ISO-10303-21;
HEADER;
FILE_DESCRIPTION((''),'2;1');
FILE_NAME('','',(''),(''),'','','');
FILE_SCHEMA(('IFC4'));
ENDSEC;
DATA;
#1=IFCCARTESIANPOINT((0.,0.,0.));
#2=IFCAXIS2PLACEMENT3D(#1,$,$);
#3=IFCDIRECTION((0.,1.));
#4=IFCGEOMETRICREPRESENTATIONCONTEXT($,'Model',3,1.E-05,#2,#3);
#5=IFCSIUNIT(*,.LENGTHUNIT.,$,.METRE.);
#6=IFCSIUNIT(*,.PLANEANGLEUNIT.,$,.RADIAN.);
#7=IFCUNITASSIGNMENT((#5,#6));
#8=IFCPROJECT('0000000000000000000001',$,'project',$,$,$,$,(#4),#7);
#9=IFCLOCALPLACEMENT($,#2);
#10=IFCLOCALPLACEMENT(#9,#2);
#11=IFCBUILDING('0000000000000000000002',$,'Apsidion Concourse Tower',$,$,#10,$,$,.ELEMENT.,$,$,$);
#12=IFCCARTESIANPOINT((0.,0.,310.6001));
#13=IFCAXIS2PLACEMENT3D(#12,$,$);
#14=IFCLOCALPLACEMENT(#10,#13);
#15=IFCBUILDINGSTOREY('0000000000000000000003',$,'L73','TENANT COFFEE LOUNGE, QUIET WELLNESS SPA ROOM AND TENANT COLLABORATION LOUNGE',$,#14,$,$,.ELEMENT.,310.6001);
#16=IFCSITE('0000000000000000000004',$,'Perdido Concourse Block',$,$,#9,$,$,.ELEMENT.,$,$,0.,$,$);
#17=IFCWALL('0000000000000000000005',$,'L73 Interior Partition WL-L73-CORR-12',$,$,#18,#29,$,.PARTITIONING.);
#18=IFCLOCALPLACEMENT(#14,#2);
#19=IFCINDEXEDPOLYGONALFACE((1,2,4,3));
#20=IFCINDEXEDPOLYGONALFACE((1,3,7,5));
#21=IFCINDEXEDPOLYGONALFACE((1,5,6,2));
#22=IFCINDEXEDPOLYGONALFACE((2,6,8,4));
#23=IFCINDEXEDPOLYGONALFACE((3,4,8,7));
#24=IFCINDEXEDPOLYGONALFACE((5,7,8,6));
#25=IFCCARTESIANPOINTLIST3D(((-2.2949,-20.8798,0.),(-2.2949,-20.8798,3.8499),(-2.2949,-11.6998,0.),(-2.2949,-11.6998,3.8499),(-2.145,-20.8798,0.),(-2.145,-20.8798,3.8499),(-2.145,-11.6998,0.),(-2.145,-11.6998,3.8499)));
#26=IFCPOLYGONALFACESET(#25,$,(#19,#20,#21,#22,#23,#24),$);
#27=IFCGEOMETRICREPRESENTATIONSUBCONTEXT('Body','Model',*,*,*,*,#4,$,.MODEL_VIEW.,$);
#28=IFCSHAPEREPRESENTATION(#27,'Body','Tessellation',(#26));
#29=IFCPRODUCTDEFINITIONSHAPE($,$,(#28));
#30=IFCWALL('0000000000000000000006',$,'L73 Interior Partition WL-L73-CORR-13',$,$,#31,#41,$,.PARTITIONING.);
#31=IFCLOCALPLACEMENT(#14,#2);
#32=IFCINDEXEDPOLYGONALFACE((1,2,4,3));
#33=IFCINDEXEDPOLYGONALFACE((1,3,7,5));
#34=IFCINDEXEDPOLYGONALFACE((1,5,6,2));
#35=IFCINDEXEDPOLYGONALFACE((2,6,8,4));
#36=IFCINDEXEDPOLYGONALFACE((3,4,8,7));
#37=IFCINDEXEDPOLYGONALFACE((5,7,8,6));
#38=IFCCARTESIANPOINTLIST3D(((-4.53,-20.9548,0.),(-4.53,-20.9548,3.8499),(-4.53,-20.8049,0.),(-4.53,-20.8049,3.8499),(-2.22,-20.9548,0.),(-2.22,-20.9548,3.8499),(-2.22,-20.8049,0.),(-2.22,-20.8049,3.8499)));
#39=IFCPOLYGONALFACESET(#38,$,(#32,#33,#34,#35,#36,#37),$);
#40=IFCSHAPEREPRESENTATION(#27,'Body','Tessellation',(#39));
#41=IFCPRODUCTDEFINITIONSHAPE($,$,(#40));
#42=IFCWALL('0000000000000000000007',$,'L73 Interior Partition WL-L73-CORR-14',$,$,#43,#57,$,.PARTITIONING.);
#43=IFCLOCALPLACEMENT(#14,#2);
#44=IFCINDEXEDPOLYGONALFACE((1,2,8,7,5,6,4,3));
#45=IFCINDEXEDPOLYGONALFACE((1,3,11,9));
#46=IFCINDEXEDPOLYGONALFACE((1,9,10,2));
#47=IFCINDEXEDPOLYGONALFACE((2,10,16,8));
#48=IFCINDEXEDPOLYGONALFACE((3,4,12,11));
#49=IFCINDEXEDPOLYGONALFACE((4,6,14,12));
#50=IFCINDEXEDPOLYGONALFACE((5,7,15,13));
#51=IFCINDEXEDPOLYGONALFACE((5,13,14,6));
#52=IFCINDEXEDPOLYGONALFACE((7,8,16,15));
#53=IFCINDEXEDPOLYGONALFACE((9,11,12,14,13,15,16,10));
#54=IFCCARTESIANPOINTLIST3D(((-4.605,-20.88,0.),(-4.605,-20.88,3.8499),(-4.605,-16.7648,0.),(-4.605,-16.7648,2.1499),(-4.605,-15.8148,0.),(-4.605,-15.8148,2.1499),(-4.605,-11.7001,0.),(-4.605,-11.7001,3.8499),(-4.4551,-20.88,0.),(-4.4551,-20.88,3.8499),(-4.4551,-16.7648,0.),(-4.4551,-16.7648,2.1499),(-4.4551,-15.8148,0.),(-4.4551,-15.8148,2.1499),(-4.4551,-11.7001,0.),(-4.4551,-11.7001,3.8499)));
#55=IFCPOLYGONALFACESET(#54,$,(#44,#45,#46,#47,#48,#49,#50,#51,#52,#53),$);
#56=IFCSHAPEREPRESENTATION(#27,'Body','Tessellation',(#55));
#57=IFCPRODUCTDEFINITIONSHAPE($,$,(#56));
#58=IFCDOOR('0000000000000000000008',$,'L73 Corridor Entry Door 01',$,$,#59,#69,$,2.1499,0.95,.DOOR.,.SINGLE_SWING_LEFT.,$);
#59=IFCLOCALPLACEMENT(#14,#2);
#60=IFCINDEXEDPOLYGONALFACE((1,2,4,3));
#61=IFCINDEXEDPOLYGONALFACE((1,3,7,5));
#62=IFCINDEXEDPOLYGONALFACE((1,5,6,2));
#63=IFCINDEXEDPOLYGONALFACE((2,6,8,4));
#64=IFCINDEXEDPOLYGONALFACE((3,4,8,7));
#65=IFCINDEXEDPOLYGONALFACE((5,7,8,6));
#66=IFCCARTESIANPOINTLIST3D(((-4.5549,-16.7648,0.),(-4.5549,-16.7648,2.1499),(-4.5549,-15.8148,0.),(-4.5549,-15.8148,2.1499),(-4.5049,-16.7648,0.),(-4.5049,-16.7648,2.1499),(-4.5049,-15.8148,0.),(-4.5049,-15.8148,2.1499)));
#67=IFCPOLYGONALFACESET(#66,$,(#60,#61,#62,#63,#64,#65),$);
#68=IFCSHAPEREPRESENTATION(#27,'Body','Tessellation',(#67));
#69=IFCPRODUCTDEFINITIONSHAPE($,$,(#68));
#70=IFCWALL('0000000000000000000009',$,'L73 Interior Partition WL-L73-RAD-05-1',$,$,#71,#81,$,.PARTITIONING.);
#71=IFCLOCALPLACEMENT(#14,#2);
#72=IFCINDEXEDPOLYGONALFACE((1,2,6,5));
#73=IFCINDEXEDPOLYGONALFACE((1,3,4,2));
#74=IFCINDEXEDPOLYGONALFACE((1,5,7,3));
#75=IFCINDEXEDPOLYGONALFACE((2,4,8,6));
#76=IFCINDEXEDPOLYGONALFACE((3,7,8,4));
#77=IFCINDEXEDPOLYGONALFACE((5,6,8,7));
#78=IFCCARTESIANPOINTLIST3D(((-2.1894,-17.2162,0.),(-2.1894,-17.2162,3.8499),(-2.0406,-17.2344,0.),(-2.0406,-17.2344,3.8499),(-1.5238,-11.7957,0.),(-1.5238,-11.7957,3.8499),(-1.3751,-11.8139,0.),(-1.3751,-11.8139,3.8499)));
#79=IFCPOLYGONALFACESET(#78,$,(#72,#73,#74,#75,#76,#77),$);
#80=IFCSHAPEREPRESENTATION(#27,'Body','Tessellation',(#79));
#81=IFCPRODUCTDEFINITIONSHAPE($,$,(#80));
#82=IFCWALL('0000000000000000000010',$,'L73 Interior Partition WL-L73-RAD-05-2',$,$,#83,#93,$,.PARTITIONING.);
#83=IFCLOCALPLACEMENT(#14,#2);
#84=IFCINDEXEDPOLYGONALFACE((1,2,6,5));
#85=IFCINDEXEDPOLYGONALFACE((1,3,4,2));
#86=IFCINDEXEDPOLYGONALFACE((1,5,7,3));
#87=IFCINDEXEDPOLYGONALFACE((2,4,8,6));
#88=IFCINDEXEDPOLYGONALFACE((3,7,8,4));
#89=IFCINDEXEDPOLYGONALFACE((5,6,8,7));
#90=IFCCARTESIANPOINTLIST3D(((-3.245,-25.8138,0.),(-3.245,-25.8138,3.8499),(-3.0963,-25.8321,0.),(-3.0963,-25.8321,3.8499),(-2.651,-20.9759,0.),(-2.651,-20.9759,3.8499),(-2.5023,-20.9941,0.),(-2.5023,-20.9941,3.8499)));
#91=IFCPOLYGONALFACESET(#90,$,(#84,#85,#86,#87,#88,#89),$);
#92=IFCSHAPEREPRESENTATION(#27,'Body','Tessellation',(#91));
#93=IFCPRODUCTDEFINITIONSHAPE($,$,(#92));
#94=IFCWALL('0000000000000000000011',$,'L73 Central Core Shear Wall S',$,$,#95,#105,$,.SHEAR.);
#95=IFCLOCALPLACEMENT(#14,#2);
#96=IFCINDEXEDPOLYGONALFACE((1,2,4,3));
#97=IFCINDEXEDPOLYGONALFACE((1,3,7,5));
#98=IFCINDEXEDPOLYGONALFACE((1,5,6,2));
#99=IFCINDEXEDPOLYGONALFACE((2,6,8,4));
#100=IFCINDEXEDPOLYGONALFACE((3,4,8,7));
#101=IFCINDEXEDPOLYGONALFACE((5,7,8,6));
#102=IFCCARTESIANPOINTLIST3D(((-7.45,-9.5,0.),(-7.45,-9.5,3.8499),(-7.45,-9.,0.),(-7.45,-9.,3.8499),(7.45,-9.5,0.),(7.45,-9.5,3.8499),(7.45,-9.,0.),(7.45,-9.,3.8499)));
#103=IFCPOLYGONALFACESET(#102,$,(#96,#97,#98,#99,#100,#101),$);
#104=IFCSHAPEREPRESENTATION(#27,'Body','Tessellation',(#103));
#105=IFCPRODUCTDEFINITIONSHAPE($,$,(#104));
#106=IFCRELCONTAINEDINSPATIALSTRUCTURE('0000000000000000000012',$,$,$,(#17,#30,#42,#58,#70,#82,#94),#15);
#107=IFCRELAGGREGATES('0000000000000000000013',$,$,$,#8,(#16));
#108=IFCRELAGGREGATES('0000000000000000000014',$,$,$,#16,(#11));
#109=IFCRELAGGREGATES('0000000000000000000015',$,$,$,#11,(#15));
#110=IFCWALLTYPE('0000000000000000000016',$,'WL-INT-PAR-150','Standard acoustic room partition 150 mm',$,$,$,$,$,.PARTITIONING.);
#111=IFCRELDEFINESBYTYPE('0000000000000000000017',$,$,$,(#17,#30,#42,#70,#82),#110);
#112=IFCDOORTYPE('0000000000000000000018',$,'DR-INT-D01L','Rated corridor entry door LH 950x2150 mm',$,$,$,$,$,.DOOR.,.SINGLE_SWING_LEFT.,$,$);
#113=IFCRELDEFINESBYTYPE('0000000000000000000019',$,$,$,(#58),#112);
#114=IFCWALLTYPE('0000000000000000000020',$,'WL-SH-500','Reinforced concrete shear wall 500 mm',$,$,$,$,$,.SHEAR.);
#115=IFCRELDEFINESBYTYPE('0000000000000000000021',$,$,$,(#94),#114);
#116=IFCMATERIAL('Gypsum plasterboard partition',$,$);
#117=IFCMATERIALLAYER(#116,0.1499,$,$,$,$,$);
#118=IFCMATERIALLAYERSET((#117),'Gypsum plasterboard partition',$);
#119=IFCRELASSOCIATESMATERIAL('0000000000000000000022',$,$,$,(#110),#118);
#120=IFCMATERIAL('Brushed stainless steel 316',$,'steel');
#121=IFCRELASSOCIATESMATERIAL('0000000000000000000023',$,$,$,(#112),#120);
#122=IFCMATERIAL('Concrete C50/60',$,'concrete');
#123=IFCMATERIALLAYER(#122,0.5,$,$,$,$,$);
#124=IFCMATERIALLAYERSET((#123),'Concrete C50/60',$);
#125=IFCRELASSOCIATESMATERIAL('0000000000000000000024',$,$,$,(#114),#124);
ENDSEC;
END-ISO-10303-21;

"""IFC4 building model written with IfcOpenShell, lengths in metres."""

from ifc_helpers import new_model, si_unit, direction, frame, frame_2d, origin, place, context, subcontext, project, spatial, rectangle, extrude, material, layer, layer_set, type_object, element, fill, save


model = new_model("IFC4")

# Units and contexts
model_context = context("Model", 3, precision=1e-05, world=origin(), true_north=direction((0.0, 1.0)))
body_context = subcontext(model_context, "Body", "Model", "MODEL_VIEW")
ifc_project = project(units=[si_unit("LENGTHUNIT", "METRE"), si_unit("PLANEANGLEUNIT", "RADIAN")], contexts=[model_context])

# Site, building, storey
site_placement = place(None, origin())
site = spatial("IfcSite", under=ifc_project, at=site_placement, Name="Perdido Concourse Block", CompositionType="ELEMENT", RefElevation=0.0)
building_placement = place(site_placement, origin())
building = spatial("IfcBuilding", under=site, at=building_placement, Name="Apsidion Concourse Tower", CompositionType="ELEMENT")
storey_placement = place(building_placement, frame((0.0, 0.0, 310.6001)))
storey = spatial("IfcBuildingStorey", under=building, at=storey_placement, Name="L73", Description="TENANT COFFEE LOUNGE, QUIET WELLNESS SPA ROOM AND TENANT COLLABORATION LOUNGE", CompositionType="ELEMENT", Elevation=310.6001)

# Shared definitions
ifc_material_1 = material(Name="Concrete C50/60", Category="concrete")

# Shared definitions
ifc_material_2 = material(Name="Gypsum plasterboard partition")
ifc_layer_1 = layer(ifc_material_2, 0.1499)
ifc_layer_set_1 = layer_set([ifc_layer_1], Name="Gypsum plasterboard partition")
wall_type_1 = type_object("IfcWallType", Name="WL-INT-PAR-150", Description="Standard acoustic room partition 150 mm", PredefinedType="PARTITIONING", material=ifc_layer_set_1)

# Shared definitions
ifc_material_3 = material(Name="Brushed stainless steel 316", Category="steel")
door_type_1 = type_object("IfcDoorType", Name="DR-INT-D01L", Description="Rated corridor entry door LH 950x2150 mm", OperationType="SINGLE_SWING_LEFT", PredefinedType="DOOR", material=ifc_material_3)

# Walls
wall_1_placement = place(storey_placement, frame((-2.22, -11.7, 0.0), z_axis=(0.0, 0.0, 1.0), x_axis=(0.0, -1.0, 0.0)))
element("IfcWall", 1, at=wall_1_placement, inside=storey, type_object=wall_type_1, Name="L73 Interior Partition WL-L73-CORR-12", PredefinedType="PARTITIONING", context=body_context, shape_type="SweptSolid", body=[
    extrude(rectangle(XDim=9.1799, YDim=0.1499, at=frame_2d((4.5898, 0.0))), origin(), (0.0, 0.0, 1.0), 3.8499),
])
wall_2_placement = place(storey_placement, frame((-2.22, -20.8799, 0.0), z_axis=(0.0, 0.0, 1.0), x_axis=(-1.0, 0.0, 0.0)))
element("IfcWall", 2, at=wall_2_placement, inside=storey, type_object=wall_type_1, Name="L73 Interior Partition WL-L73-CORR-13", PredefinedType="PARTITIONING", context=body_context, shape_type="SweptSolid", body=[
    extrude(rectangle(XDim=2.3101, YDim=0.1499, at=frame_2d((1.155, 0.0))), origin(), (0.0, 0.0, 1.0), 3.8499),
])

# Wall, opening, door
wall_3_placement = place(storey_placement, frame((-4.53, -20.8799, 0.0), z_axis=(0.0, 0.0, 1.0), x_axis=(0.0, 1.0, 0.0)))
wall_3 = element("IfcWall", 3, at=wall_3_placement, inside=storey, type_object=wall_type_1, Name="L73 Interior Partition WL-L73-CORR-14", PredefinedType="PARTITIONING", context=body_context, shape_type="SweptSolid", body=[
    extrude(rectangle(XDim=9.1799, YDim=0.1499, at=frame_2d((4.5898, 0.0))), origin(), (0.0, 0.0, 1.0), 3.8499),
])
opening_1_placement = place(wall_3_placement, frame((4.115, 0.0, 0.0)))
opening_1 = element("IfcOpeningElement", 4, at=opening_1_placement, cuts=wall_3, PredefinedType="OPENING", context=body_context, shape_type="SweptSolid", body=[
    extrude(rectangle(XDim=0.95, YDim=2.1499, at=frame_2d((0.4751, 1.075))), frame((0.0, 0.085, 0.0), z_axis=(0.0, -1.0, 0.0), x_axis=(1.0, 0.0, 0.0)), (0.0, 0.0, 1.0), 0.1699),
])
door_1_placement = place(opening_1_placement, origin())
door_1 = element("IfcDoor", 5, at=door_1_placement, inside=storey, type_object=door_type_1, Name="L73 Corridor Entry Door 01", OperationType="SINGLE_SWING_LEFT", OverallHeight=2.1499, OverallWidth=0.95, PredefinedType="DOOR", context=body_context, shape_type="SweptSolid", body=[
    extrude(rectangle(XDim=0.95, YDim=2.1499, at=frame_2d((0.4751, 1.075))), frame((0.0, 0.0249, 0.0), z_axis=(0.0, -1.0, 0.0), x_axis=(1.0, 0.0, 0.0)), (0.0, 0.0, 1.0), 0.05),
])
fill(opening_1, door_1)

# Walls
wall_4_placement = place(storey_placement, frame((-1.4495, -11.8049, 0.0), z_axis=(0.0, 0.0, 1.0), x_axis=(-0.121867, -0.992546, 0.0)))
element("IfcWall", 6, at=wall_4_placement, inside=storey, type_object=wall_type_1, Name="L73 Interior Partition WL-L73-RAD-05-1", PredefinedType="PARTITIONING", context=body_context, shape_type="SweptSolid", body=[
    extrude(rectangle(XDim=5.4612, YDim=0.1499, at=frame_2d((2.7305, 0.0))), origin(), (0.0, 0.0, 1.0), 3.8499),
])
wall_5_placement = place(storey_placement, frame((-2.5767, -20.9851, 0.0), z_axis=(0.0, 0.0, 1.0), x_axis=(-0.121864, -0.992547, 0.0)))
element("IfcWall", 7, at=wall_5_placement, inside=storey, type_object=wall_type_1, Name="L73 Interior Partition WL-L73-RAD-05-2", PredefinedType="PARTITIONING", context=body_context, shape_type="SweptSolid", body=[
    extrude(rectangle(XDim=4.8743, YDim=0.1499, at=frame_2d((2.437, 0.0))), origin(), (0.0, 0.0, 1.0), 3.8499),
])

# Shared definitions
ifc_layer_2 = layer(ifc_material_1, 0.5)
ifc_layer_set_2 = layer_set([ifc_layer_2], Name="Concrete C50/60")
wall_type_2 = type_object("IfcWallType", Name="WL-SH-500", Description="Reinforced concrete shear wall 500 mm", PredefinedType="SHEAR", material=ifc_layer_set_2)

# Wall
wall_6_placement = place(storey_placement, frame((-7.45, -9.25, 0.0), z_axis=(0.0, 0.0, 1.0), x_axis=(1.0, 0.0, 0.0)))
element("IfcWall", 8, at=wall_6_placement, inside=storey, type_object=wall_type_2, Name="L73 Central Core Shear Wall S", PredefinedType="SHEAR", context=body_context, shape_type="SweptSolid", body=[
    extrude(rectangle(XDim=14.8999, YDim=0.5, at=frame_2d((7.45, 0.0))), origin(), (0.0, 0.0, 1.0), 3.8499),
])

save(model, "model.ifc")
